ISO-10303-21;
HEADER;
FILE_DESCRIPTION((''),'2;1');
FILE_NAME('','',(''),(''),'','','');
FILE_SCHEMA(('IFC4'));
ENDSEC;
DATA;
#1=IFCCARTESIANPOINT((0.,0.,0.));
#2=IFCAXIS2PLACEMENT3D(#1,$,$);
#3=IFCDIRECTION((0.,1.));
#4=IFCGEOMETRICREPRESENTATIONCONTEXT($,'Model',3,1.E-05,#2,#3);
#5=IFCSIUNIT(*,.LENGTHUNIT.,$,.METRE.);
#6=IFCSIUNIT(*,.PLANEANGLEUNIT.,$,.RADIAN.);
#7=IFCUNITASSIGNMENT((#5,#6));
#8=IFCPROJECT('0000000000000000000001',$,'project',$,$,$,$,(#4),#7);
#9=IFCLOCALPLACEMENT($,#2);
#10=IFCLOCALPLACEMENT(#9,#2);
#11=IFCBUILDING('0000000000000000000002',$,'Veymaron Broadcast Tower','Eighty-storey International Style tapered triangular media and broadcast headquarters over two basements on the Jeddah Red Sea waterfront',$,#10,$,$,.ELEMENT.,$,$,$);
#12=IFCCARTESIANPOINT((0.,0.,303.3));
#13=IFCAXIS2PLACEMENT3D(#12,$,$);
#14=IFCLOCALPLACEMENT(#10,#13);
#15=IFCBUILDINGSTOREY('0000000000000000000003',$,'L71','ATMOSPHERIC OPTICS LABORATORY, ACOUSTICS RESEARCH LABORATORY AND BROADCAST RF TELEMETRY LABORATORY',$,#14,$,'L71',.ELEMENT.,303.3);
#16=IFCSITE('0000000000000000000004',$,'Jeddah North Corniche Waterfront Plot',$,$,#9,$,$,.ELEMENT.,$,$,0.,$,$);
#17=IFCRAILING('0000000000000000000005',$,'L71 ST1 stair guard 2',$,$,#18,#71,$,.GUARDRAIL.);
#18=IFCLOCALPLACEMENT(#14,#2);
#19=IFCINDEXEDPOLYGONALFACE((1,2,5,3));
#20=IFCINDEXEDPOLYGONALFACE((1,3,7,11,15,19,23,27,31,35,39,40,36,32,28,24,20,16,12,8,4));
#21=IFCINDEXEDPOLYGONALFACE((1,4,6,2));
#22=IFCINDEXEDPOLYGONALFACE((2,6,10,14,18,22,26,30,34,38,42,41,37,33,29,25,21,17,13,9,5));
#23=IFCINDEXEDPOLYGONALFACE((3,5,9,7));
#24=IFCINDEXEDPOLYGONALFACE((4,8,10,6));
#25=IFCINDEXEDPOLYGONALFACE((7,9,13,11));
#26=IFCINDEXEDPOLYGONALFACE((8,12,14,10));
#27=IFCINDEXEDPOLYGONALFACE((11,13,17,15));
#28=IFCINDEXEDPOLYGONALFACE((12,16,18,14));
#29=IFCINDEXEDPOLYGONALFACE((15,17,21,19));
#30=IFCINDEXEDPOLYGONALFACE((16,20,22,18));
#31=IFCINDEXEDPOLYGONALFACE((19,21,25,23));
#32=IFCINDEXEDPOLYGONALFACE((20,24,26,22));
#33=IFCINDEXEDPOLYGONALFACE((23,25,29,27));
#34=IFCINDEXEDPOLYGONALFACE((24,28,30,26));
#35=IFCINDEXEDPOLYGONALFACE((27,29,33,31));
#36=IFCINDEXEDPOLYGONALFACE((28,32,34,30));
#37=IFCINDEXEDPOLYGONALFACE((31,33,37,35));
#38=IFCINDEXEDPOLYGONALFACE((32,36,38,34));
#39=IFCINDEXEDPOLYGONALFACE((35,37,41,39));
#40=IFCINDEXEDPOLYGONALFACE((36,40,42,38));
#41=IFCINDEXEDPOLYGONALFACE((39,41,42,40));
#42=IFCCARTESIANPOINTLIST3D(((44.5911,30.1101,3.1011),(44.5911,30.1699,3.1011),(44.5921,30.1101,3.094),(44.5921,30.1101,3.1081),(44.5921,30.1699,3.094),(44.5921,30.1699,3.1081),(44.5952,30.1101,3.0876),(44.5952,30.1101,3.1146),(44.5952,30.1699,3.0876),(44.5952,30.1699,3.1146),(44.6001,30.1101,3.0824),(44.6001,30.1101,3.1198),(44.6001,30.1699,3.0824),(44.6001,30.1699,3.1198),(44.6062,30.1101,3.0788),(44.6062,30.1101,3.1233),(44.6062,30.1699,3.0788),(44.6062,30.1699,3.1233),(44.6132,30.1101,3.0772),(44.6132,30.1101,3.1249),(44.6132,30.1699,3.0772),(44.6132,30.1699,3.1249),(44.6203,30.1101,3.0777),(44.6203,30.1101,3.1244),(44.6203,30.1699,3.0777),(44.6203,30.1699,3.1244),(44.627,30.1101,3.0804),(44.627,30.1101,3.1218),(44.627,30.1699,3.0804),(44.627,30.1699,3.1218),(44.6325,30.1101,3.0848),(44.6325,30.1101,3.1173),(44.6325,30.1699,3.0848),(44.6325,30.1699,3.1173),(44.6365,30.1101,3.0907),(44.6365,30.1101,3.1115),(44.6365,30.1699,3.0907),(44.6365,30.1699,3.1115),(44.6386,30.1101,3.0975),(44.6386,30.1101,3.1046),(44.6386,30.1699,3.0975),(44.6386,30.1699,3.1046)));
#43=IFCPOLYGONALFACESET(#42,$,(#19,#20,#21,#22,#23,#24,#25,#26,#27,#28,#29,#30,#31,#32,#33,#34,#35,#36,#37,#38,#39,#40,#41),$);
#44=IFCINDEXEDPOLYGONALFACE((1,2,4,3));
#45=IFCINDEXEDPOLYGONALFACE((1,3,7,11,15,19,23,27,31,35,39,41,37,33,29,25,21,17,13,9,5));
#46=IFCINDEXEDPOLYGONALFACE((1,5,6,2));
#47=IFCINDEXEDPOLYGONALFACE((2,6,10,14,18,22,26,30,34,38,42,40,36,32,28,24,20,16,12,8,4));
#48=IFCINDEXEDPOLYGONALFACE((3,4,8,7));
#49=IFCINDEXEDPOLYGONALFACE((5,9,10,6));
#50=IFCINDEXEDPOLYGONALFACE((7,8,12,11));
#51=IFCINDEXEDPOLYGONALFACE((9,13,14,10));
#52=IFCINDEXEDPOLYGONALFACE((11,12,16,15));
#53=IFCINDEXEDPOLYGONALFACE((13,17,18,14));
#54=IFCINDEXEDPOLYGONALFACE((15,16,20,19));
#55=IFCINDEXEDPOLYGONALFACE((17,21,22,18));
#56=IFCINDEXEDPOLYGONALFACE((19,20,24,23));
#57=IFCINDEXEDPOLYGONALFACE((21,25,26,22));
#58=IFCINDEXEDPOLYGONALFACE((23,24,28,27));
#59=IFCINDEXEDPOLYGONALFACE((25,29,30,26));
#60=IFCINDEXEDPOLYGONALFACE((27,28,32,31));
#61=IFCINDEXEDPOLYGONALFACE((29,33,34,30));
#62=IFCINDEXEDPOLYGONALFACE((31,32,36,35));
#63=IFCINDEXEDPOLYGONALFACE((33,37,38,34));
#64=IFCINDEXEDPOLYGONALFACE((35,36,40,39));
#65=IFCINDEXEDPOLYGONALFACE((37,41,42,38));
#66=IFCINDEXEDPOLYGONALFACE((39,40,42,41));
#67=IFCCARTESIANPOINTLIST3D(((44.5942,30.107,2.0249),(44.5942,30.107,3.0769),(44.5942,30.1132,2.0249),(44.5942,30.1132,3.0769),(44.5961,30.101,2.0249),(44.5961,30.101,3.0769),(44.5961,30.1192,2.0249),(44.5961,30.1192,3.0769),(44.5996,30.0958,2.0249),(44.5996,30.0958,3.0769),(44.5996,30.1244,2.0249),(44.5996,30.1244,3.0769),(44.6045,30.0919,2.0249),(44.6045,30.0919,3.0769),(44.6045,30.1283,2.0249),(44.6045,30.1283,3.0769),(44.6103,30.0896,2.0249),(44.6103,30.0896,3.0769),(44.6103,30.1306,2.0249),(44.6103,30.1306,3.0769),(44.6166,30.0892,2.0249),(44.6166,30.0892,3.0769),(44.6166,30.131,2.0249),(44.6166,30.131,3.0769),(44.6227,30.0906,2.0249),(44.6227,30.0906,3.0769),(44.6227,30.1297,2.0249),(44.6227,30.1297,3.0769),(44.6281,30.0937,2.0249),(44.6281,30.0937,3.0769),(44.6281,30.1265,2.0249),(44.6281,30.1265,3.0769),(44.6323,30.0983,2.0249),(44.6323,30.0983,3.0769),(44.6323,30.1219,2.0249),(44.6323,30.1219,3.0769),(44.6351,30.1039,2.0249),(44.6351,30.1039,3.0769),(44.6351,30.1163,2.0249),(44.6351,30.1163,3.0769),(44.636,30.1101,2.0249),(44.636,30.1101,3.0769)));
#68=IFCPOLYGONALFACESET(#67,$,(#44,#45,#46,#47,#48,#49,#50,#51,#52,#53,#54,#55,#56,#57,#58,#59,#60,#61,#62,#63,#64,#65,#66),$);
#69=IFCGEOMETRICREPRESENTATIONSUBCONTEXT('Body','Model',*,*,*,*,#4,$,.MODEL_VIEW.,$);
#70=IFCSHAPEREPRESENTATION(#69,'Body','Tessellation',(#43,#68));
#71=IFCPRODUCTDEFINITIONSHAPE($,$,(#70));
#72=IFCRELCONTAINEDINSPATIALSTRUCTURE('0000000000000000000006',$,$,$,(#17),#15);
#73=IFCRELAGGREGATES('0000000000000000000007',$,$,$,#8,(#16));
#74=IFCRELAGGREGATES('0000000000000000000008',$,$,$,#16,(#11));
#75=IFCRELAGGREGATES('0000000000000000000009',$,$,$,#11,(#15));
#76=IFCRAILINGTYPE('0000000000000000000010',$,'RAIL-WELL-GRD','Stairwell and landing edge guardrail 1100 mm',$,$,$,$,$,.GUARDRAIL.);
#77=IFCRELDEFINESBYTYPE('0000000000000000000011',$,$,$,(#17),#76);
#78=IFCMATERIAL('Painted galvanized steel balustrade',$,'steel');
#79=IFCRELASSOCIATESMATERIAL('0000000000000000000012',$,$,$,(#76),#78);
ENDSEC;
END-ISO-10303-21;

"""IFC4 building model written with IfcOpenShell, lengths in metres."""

from ifc_helpers import new_model, si_unit, direction, frame, origin, origin_2d, place, context, subcontext, project, spatial, circle, extrude, material, type_object, element, save


model = new_model("IFC4")

# Units and contexts
model_context = context("Model", 3, precision=1e-05, world=origin(), true_north=direction((0.0, 1.0)))
body_context = subcontext(model_context, "Body", "Model", "MODEL_VIEW")
ifc_project = project(units=[si_unit("LENGTHUNIT", "METRE"), si_unit("PLANEANGLEUNIT", "RADIAN")], contexts=[model_context])

# Site, building, storey
site_placement = place(None, origin())
site = spatial("IfcSite", under=ifc_project, at=site_placement, Name="Jeddah North Corniche Waterfront Plot", CompositionType="ELEMENT", RefElevation=0.0)
building_placement = place(site_placement, origin())
building = spatial("IfcBuilding", under=site, at=building_placement, Name="Veymaron Broadcast Tower", Description="Eighty-storey International Style tapered triangular media and broadcast headquarters over two basements on the Jeddah Red Sea waterfront", CompositionType="ELEMENT")
storey_placement = place(building_placement, frame((0.0, 0.0, 303.3)))
storey = spatial("IfcBuildingStorey", under=building, at=storey_placement, Name="L71", Description="ATMOSPHERIC OPTICS LABORATORY, ACOUSTICS RESEARCH LABORATORY AND BROADCAST RF TELEMETRY LABORATORY", LongName="L71", CompositionType="ELEMENT", Elevation=303.3)

# Railing
ifc_material_1 = material(Name="Painted galvanized steel balustrade", Category="steel")
railing_type_1 = type_object("IfcRailingType", Name="RAIL-WELL-GRD", Description="Stairwell and landing edge guardrail 1100 mm", PredefinedType="GUARDRAIL", material=ifc_material_1)
railing_1_placement = place(storey_placement, frame((44.615, 30.1101, 2.0249)))
element("IfcRailing", 1, at=railing_1_placement, inside=storey, type_object=railing_type_1, Name="L71 ST1 stair guard 2", PredefinedType="GUARDRAIL", context=body_context, shape_type="SweptSolid", body=[
    extrude(circle(Radius=0.0239, at=origin_2d()), frame((0.0, 0.0, 1.0762), z_axis=(0.0, 1.0, 0.0), x_axis=(-1.0, 0.0, 0.0)), (0.0, 0.0, 1.0), 0.0598),
    extrude(circle(Radius=0.021, at=origin_2d()), origin(), (0.0, 0.0, 1.0), 1.052),
])

save(model, "model.ifc")
